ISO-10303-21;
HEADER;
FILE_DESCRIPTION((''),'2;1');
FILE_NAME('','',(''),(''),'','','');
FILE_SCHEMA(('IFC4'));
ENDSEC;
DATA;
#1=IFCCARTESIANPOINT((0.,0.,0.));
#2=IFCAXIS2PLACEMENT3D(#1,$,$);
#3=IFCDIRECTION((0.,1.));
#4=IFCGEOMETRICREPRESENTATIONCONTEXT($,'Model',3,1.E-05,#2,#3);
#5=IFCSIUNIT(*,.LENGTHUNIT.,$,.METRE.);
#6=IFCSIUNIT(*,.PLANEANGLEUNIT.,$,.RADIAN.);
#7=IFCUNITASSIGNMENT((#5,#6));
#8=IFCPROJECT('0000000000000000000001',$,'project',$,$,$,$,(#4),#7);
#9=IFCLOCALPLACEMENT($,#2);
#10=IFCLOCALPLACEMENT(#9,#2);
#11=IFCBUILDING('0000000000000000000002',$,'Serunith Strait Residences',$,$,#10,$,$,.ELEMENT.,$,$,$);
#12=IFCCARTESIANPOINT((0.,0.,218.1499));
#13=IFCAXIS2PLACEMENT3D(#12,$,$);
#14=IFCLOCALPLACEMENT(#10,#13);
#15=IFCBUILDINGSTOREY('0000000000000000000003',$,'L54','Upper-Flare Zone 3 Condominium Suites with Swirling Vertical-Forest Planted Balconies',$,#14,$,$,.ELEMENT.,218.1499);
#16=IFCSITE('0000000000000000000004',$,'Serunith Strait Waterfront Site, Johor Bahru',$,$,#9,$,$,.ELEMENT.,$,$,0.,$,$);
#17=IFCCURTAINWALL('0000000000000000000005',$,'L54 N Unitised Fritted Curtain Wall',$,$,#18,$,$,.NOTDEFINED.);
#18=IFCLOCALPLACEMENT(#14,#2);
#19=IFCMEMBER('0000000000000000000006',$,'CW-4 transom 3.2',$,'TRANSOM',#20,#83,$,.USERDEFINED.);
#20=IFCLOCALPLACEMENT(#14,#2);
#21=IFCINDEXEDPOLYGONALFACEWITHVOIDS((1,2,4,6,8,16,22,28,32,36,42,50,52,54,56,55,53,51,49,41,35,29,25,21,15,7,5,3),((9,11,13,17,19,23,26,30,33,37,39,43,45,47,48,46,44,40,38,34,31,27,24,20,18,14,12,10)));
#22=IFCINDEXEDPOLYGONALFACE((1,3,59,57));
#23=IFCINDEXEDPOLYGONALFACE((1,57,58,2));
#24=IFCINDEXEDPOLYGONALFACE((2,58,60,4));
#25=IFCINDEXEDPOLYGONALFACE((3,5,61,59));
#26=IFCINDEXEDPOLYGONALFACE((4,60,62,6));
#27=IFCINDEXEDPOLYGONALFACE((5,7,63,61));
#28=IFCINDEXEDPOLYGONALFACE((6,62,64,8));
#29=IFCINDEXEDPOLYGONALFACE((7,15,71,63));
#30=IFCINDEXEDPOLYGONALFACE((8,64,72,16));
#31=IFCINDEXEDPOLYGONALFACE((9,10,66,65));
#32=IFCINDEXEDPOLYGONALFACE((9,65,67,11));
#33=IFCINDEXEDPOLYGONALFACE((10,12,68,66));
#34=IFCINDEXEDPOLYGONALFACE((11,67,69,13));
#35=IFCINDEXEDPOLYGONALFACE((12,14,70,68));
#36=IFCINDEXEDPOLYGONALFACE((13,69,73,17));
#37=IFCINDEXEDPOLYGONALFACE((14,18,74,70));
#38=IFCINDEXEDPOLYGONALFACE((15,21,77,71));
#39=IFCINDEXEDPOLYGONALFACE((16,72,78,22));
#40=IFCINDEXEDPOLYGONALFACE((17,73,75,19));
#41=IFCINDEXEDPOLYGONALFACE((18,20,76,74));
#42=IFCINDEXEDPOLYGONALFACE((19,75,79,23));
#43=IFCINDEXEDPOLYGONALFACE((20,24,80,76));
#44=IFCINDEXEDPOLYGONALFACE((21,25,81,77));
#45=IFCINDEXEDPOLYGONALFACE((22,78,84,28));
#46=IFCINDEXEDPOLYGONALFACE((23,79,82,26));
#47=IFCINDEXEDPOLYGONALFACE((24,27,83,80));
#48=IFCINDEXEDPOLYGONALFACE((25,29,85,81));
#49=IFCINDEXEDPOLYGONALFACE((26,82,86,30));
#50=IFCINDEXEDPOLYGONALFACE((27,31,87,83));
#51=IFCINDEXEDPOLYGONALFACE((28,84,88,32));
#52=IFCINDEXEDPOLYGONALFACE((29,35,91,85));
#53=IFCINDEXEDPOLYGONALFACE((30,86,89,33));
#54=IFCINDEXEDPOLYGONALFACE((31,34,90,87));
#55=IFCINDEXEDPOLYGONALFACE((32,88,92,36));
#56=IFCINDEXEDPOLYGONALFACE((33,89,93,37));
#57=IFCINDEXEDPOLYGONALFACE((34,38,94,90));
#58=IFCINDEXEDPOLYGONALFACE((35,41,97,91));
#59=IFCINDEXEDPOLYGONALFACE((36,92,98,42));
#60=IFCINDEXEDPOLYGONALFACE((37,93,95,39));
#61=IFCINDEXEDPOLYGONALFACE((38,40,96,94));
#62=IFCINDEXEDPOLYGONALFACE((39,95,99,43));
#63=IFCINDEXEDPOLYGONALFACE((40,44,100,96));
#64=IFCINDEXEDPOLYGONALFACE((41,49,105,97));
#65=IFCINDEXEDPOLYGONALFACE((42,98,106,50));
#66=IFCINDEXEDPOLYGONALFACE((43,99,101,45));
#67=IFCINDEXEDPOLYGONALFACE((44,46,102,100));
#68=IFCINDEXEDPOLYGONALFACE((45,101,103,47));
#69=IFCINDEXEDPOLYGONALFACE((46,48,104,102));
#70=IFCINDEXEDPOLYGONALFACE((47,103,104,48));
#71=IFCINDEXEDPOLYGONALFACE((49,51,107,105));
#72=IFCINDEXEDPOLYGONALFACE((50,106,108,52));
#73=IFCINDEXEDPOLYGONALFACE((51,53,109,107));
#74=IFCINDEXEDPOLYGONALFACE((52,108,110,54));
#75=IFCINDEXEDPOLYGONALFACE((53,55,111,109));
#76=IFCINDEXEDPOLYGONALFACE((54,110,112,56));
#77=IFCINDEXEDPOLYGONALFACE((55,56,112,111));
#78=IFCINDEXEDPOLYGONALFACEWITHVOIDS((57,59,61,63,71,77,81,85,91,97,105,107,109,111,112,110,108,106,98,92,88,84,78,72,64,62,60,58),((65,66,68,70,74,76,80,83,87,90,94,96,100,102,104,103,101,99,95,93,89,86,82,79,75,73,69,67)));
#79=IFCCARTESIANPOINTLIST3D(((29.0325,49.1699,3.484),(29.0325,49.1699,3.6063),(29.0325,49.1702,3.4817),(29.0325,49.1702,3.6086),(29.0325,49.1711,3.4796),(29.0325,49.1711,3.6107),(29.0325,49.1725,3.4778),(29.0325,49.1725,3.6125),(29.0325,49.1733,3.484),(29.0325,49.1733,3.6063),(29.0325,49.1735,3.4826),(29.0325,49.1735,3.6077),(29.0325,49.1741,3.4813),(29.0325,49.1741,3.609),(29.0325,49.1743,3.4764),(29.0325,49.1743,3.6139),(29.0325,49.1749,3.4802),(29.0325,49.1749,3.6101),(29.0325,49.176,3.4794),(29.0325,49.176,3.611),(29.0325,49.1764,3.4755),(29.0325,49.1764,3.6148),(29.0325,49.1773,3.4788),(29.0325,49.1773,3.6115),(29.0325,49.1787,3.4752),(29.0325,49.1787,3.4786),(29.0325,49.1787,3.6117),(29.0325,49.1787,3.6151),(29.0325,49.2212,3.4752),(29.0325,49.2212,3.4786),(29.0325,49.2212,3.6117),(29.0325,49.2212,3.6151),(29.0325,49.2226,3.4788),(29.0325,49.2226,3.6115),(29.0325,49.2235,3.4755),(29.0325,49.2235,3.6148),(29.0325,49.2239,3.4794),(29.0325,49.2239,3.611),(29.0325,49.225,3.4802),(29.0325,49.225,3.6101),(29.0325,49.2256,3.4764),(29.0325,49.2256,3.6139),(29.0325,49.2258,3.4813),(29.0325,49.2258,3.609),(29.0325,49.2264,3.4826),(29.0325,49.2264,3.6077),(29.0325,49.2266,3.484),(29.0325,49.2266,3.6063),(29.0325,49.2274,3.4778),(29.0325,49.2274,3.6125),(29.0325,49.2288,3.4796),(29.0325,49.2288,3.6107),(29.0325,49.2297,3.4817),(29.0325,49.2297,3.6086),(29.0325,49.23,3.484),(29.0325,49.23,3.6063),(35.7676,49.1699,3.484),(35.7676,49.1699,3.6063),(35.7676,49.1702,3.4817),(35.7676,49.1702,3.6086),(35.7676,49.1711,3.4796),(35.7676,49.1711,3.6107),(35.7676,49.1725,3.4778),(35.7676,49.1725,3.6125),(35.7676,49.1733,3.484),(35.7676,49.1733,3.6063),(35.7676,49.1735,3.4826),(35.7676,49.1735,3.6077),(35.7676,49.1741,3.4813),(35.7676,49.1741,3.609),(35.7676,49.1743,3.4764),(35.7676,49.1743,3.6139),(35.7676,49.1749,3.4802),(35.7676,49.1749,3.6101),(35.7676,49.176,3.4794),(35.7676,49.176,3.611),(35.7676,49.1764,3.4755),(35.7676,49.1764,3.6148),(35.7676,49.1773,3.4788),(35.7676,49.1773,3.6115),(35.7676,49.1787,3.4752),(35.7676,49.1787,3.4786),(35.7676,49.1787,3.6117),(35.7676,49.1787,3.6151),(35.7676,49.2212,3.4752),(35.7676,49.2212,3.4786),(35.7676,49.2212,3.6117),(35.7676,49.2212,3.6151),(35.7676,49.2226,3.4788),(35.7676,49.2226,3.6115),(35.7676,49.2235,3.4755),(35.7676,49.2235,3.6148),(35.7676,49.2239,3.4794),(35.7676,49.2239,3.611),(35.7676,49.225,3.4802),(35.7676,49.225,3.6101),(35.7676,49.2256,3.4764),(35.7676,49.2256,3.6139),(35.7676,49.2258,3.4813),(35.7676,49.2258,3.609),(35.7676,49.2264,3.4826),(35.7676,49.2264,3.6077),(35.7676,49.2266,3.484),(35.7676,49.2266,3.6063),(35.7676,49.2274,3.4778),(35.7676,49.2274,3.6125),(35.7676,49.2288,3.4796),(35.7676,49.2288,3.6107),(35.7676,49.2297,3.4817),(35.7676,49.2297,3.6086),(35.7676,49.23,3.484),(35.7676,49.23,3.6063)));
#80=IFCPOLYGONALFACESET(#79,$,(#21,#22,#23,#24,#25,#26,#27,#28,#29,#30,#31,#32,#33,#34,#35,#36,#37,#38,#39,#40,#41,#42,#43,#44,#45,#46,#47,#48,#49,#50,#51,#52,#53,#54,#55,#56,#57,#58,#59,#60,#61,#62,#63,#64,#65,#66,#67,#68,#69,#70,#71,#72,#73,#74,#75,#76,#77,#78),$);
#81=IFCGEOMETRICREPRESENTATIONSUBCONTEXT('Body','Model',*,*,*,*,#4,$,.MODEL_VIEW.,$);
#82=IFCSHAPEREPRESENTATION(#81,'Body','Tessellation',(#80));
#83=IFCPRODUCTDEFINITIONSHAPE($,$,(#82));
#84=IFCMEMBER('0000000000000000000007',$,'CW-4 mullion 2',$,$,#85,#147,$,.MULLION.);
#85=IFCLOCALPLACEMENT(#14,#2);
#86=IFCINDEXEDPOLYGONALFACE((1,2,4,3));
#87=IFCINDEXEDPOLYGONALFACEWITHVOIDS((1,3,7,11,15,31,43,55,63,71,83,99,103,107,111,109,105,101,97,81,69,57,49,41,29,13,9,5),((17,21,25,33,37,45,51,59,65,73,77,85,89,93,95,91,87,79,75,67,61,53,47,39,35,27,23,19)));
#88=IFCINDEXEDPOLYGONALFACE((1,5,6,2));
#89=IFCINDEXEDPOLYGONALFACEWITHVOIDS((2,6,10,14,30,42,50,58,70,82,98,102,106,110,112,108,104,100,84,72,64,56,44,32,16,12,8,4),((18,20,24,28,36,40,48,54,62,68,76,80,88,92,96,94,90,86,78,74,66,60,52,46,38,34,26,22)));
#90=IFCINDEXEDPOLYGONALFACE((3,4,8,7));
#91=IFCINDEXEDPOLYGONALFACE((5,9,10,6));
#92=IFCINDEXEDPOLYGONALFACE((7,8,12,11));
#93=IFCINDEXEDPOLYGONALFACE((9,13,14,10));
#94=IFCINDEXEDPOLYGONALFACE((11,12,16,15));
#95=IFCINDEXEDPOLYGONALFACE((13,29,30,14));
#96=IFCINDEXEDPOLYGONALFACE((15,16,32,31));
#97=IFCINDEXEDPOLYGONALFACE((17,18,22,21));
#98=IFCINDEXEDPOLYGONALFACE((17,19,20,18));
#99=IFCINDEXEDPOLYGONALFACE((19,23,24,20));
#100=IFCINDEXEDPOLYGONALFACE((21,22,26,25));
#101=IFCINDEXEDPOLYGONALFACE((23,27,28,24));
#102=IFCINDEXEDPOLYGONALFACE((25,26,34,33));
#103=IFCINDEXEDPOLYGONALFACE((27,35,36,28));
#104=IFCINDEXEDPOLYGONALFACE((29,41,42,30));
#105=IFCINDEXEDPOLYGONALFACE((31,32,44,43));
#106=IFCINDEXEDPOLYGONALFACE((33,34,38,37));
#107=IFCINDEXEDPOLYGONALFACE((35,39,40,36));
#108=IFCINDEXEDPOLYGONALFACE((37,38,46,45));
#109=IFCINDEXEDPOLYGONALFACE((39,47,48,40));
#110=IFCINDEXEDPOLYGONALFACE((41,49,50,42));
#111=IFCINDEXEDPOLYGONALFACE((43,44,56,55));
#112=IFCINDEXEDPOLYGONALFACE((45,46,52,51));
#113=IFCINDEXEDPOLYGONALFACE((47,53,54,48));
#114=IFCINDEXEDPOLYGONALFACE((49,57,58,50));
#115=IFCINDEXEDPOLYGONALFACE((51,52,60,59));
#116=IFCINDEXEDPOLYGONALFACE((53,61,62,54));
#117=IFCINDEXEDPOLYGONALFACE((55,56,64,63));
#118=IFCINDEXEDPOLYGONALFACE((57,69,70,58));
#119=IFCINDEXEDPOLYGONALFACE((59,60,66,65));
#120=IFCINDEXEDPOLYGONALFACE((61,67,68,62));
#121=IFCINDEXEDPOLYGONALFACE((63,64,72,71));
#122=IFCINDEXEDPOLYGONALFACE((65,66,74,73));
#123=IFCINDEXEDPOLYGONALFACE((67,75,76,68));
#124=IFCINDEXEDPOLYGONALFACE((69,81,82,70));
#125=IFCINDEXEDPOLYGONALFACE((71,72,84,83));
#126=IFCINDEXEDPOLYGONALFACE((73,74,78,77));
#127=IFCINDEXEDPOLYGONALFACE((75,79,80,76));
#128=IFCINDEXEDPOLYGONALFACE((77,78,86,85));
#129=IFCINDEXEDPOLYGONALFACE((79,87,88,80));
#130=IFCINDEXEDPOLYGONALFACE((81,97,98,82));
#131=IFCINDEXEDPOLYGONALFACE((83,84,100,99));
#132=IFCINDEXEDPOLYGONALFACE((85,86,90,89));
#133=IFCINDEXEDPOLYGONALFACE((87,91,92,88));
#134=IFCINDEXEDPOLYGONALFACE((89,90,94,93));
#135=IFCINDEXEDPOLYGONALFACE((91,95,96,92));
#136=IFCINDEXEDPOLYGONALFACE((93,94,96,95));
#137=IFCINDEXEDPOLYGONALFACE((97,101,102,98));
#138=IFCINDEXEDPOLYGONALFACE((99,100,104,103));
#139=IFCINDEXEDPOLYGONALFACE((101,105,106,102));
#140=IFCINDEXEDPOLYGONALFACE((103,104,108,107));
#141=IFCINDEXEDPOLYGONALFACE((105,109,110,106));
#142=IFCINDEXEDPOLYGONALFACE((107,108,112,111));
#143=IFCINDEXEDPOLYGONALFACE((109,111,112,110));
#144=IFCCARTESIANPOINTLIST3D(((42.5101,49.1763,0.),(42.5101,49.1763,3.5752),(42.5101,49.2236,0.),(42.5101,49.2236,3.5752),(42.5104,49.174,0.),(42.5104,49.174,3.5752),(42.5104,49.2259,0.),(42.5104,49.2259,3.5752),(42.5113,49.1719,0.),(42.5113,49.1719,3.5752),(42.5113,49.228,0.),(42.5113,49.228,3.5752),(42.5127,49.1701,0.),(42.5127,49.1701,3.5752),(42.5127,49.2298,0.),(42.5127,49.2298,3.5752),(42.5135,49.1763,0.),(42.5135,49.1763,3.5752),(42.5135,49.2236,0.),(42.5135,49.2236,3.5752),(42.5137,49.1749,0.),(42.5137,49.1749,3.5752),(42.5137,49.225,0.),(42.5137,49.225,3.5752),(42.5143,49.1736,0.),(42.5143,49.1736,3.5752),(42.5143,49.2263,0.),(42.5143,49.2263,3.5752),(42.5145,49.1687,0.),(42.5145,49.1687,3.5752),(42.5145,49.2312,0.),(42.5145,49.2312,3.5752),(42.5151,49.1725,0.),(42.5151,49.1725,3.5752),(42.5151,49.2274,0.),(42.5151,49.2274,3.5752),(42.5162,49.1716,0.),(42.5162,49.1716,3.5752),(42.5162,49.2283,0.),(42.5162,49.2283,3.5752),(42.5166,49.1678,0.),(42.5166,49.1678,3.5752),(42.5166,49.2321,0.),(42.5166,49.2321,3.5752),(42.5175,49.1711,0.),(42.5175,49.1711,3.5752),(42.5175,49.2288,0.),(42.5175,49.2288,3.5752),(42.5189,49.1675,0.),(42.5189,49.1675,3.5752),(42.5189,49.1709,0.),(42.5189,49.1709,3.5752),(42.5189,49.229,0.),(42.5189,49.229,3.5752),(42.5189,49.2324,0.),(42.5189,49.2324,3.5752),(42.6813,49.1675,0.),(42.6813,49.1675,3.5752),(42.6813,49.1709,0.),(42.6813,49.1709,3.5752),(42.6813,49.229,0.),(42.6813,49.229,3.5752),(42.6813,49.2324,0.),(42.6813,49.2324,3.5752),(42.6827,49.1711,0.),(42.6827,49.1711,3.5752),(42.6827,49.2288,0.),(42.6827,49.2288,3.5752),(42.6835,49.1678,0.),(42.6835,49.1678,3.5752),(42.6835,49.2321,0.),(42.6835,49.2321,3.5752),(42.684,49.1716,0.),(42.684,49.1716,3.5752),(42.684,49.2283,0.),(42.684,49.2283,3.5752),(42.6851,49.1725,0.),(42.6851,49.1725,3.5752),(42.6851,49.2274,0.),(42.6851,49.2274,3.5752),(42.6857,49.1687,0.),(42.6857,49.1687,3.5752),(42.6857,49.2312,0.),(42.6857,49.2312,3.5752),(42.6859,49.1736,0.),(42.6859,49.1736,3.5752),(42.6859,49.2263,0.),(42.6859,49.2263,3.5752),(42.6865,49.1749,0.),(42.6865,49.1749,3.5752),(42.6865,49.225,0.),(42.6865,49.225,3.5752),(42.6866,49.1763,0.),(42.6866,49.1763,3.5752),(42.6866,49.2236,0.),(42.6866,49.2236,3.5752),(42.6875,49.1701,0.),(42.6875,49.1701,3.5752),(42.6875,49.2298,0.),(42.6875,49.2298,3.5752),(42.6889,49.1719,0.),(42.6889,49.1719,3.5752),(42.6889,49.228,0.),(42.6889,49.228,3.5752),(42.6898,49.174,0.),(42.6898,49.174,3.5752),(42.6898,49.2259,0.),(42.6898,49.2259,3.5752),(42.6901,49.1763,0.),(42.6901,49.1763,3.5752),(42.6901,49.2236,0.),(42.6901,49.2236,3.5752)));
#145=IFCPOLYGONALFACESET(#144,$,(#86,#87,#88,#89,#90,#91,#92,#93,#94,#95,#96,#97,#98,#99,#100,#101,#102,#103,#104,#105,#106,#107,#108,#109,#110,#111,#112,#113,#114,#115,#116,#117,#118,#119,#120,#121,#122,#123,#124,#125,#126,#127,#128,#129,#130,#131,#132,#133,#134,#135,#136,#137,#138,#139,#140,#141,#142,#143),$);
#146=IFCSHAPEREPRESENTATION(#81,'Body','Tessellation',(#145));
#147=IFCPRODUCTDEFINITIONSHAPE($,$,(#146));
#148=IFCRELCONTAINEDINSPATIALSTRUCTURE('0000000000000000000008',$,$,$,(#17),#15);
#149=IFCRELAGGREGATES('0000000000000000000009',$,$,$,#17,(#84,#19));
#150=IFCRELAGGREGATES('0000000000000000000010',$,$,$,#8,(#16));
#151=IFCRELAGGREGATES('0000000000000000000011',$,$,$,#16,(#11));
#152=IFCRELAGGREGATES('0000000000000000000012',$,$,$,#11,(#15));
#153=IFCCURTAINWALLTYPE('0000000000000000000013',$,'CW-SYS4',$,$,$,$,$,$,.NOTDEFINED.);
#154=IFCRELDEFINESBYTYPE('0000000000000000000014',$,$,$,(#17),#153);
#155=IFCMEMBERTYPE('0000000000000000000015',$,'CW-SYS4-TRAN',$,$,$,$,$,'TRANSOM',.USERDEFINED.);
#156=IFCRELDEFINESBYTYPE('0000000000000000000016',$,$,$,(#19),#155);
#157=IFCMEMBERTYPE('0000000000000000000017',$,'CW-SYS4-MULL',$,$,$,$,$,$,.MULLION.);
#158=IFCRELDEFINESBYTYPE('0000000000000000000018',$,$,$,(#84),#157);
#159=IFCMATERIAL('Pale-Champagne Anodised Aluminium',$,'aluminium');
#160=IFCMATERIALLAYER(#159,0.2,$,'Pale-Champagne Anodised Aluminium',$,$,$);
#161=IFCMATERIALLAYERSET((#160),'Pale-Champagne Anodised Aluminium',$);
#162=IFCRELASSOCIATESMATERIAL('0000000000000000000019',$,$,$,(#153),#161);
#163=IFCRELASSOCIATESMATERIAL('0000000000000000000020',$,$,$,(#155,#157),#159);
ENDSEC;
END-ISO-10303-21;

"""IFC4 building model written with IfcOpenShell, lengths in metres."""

from ifc_helpers import new_model, si_unit, direction, frame, origin, origin_2d, place, context, subcontext, project, spatial, hollow_rectangle, extrude, source, transform, mapped, material, layer, layer_set, material_profile, profile_set, type_object, element, aggregate, save


model = new_model("IFC4")

# Units and contexts
model_context = context("Model", 3, precision=1e-05, world=origin(), true_north=direction((0.0, 1.0)))
body_context = subcontext(model_context, "Body", "Model", "MODEL_VIEW")
ifc_project = project(units=[si_unit("LENGTHUNIT", "METRE"), si_unit("PLANEANGLEUNIT", "RADIAN")], contexts=[model_context])

# Site, building, storey
site_placement = place(None, origin())
site = spatial("IfcSite", under=ifc_project, at=site_placement, Name="Serunith Strait Waterfront Site, Johor Bahru", CompositionType="ELEMENT", RefElevation=0.0)
building_placement = place(site_placement, origin())
building = spatial("IfcBuilding", under=site, at=building_placement, Name="Serunith Strait Residences", CompositionType="ELEMENT")
storey_placement = place(building_placement, frame((0.0, 0.0, 218.1499)))
storey = spatial("IfcBuildingStorey", under=building, at=storey_placement, Name="L54", Description="Upper-Flare Zone 3 Condominium Suites with Swirling Vertical-Forest Planted Balconies", CompositionType="ELEMENT", Elevation=218.1499)

# Curtain wall, members
ifc_material_1 = material(Name="Pale-Champagne Anodised Aluminium", Category="aluminium")
ifc_layer_1 = layer(ifc_material_1, 0.2, Name="Pale-Champagne Anodised Aluminium")
ifc_layer_set_1 = layer_set([ifc_layer_1], Name="Pale-Champagne Anodised Aluminium")
curtain_wall_type = type_object("IfcCurtainWallType", Name="CW-SYS4", PredefinedType="NOTDEFINED", material=ifc_layer_set_1)
curtain_wall_placement = place(storey_placement, origin())
curtain_wall = element("IfcCurtainWall", 1, at=curtain_wall_placement, inside=storey, type_object=curtain_wall_type, Name="L54 N Unitised Fritted Curtain Wall", PredefinedType="NOTDEFINED")
ifc_material_profile_1 = material_profile(ifc_material_1, hollow_rectangle(XDim=0.0601, YDim=0.1399, WallThickness=0.0034, InnerFilletRadius=0.0054, OuterFilletRadius=0.0088, at=origin_2d()), Name="ALU 140x60x3.5")
ifc_profile_set_1 = profile_set([ifc_material_profile_1], Name="Pale-Champagne Anodised Aluminium")
member_type_1 = type_object("IfcMemberType", Name="CW-SYS4-TRAN", ElementType="TRANSOM", PredefinedType="USERDEFINED", material=ifc_profile_set_1)
shared_shape_1 = source(origin(), body_context, "Body", "SweptSolid", [
    extrude(hollow_rectangle(XDim=0.0601, YDim=0.1399, WallThickness=0.0034, InnerFilletRadius=0.0054, OuterFilletRadius=0.0088, at=origin_2d()), origin(), (0.0, 0.0, 1.0), 6.7351),
])
member_1_placement = place(storey_placement, frame((35.7676, 49.2, 3.5452), z_axis=(-1.0, 0.0, 0.0), x_axis=(0.0, -1.0, 0.0)))
member_1 = element("IfcMember", 2, at=member_1_placement, type_object=member_type_1, Name="CW-4 transom 3.2", ObjectType="TRANSOM", PredefinedType="USERDEFINED", context=body_context, shape_type="MappedRepresentation", body=[
    mapped(shared_shape_1, transform((0.0, 0.0, 0.0), scale=1.0)),
])
ifc_material_profile_2 = material_profile(ifc_material_1, hollow_rectangle(XDim=0.0649, YDim=0.1799, WallThickness=0.0034, InnerFilletRadius=0.0054, OuterFilletRadius=0.0088, at=origin_2d()), Name="ALU 180x65x3.5")
ifc_profile_set_2 = profile_set([ifc_material_profile_2], Name="Pale-Champagne Anodised Aluminium")
member_type_2 = type_object("IfcMemberType", Name="CW-SYS4-MULL", PredefinedType="MULLION", material=ifc_profile_set_2)
shared_shape_2 = source(origin(), body_context, "Body", "SweptSolid", [
    extrude(hollow_rectangle(XDim=0.0649, YDim=0.1799, WallThickness=0.0034, InnerFilletRadius=0.0054, OuterFilletRadius=0.0088, at=origin_2d()), origin(), (0.0, 0.0, 1.0), 3.5752),
])
member_2_placement = place(storey_placement, frame((42.6001, 49.2, 0.0), z_axis=(0.0, 0.0, 1.0), x_axis=(0.0, -1.0, 0.0)))
member_2 = element("IfcMember", 3, at=member_2_placement, type_object=member_type_2, Name="CW-4 mullion 2", PredefinedType="MULLION", context=body_context, shape_type="MappedRepresentation", body=[
    mapped(shared_shape_2, transform((0.0, 0.0, 0.0), scale=1.0)),
])
aggregate(curtain_wall, [member_2, member_1])

save(model, "model.ifc")
